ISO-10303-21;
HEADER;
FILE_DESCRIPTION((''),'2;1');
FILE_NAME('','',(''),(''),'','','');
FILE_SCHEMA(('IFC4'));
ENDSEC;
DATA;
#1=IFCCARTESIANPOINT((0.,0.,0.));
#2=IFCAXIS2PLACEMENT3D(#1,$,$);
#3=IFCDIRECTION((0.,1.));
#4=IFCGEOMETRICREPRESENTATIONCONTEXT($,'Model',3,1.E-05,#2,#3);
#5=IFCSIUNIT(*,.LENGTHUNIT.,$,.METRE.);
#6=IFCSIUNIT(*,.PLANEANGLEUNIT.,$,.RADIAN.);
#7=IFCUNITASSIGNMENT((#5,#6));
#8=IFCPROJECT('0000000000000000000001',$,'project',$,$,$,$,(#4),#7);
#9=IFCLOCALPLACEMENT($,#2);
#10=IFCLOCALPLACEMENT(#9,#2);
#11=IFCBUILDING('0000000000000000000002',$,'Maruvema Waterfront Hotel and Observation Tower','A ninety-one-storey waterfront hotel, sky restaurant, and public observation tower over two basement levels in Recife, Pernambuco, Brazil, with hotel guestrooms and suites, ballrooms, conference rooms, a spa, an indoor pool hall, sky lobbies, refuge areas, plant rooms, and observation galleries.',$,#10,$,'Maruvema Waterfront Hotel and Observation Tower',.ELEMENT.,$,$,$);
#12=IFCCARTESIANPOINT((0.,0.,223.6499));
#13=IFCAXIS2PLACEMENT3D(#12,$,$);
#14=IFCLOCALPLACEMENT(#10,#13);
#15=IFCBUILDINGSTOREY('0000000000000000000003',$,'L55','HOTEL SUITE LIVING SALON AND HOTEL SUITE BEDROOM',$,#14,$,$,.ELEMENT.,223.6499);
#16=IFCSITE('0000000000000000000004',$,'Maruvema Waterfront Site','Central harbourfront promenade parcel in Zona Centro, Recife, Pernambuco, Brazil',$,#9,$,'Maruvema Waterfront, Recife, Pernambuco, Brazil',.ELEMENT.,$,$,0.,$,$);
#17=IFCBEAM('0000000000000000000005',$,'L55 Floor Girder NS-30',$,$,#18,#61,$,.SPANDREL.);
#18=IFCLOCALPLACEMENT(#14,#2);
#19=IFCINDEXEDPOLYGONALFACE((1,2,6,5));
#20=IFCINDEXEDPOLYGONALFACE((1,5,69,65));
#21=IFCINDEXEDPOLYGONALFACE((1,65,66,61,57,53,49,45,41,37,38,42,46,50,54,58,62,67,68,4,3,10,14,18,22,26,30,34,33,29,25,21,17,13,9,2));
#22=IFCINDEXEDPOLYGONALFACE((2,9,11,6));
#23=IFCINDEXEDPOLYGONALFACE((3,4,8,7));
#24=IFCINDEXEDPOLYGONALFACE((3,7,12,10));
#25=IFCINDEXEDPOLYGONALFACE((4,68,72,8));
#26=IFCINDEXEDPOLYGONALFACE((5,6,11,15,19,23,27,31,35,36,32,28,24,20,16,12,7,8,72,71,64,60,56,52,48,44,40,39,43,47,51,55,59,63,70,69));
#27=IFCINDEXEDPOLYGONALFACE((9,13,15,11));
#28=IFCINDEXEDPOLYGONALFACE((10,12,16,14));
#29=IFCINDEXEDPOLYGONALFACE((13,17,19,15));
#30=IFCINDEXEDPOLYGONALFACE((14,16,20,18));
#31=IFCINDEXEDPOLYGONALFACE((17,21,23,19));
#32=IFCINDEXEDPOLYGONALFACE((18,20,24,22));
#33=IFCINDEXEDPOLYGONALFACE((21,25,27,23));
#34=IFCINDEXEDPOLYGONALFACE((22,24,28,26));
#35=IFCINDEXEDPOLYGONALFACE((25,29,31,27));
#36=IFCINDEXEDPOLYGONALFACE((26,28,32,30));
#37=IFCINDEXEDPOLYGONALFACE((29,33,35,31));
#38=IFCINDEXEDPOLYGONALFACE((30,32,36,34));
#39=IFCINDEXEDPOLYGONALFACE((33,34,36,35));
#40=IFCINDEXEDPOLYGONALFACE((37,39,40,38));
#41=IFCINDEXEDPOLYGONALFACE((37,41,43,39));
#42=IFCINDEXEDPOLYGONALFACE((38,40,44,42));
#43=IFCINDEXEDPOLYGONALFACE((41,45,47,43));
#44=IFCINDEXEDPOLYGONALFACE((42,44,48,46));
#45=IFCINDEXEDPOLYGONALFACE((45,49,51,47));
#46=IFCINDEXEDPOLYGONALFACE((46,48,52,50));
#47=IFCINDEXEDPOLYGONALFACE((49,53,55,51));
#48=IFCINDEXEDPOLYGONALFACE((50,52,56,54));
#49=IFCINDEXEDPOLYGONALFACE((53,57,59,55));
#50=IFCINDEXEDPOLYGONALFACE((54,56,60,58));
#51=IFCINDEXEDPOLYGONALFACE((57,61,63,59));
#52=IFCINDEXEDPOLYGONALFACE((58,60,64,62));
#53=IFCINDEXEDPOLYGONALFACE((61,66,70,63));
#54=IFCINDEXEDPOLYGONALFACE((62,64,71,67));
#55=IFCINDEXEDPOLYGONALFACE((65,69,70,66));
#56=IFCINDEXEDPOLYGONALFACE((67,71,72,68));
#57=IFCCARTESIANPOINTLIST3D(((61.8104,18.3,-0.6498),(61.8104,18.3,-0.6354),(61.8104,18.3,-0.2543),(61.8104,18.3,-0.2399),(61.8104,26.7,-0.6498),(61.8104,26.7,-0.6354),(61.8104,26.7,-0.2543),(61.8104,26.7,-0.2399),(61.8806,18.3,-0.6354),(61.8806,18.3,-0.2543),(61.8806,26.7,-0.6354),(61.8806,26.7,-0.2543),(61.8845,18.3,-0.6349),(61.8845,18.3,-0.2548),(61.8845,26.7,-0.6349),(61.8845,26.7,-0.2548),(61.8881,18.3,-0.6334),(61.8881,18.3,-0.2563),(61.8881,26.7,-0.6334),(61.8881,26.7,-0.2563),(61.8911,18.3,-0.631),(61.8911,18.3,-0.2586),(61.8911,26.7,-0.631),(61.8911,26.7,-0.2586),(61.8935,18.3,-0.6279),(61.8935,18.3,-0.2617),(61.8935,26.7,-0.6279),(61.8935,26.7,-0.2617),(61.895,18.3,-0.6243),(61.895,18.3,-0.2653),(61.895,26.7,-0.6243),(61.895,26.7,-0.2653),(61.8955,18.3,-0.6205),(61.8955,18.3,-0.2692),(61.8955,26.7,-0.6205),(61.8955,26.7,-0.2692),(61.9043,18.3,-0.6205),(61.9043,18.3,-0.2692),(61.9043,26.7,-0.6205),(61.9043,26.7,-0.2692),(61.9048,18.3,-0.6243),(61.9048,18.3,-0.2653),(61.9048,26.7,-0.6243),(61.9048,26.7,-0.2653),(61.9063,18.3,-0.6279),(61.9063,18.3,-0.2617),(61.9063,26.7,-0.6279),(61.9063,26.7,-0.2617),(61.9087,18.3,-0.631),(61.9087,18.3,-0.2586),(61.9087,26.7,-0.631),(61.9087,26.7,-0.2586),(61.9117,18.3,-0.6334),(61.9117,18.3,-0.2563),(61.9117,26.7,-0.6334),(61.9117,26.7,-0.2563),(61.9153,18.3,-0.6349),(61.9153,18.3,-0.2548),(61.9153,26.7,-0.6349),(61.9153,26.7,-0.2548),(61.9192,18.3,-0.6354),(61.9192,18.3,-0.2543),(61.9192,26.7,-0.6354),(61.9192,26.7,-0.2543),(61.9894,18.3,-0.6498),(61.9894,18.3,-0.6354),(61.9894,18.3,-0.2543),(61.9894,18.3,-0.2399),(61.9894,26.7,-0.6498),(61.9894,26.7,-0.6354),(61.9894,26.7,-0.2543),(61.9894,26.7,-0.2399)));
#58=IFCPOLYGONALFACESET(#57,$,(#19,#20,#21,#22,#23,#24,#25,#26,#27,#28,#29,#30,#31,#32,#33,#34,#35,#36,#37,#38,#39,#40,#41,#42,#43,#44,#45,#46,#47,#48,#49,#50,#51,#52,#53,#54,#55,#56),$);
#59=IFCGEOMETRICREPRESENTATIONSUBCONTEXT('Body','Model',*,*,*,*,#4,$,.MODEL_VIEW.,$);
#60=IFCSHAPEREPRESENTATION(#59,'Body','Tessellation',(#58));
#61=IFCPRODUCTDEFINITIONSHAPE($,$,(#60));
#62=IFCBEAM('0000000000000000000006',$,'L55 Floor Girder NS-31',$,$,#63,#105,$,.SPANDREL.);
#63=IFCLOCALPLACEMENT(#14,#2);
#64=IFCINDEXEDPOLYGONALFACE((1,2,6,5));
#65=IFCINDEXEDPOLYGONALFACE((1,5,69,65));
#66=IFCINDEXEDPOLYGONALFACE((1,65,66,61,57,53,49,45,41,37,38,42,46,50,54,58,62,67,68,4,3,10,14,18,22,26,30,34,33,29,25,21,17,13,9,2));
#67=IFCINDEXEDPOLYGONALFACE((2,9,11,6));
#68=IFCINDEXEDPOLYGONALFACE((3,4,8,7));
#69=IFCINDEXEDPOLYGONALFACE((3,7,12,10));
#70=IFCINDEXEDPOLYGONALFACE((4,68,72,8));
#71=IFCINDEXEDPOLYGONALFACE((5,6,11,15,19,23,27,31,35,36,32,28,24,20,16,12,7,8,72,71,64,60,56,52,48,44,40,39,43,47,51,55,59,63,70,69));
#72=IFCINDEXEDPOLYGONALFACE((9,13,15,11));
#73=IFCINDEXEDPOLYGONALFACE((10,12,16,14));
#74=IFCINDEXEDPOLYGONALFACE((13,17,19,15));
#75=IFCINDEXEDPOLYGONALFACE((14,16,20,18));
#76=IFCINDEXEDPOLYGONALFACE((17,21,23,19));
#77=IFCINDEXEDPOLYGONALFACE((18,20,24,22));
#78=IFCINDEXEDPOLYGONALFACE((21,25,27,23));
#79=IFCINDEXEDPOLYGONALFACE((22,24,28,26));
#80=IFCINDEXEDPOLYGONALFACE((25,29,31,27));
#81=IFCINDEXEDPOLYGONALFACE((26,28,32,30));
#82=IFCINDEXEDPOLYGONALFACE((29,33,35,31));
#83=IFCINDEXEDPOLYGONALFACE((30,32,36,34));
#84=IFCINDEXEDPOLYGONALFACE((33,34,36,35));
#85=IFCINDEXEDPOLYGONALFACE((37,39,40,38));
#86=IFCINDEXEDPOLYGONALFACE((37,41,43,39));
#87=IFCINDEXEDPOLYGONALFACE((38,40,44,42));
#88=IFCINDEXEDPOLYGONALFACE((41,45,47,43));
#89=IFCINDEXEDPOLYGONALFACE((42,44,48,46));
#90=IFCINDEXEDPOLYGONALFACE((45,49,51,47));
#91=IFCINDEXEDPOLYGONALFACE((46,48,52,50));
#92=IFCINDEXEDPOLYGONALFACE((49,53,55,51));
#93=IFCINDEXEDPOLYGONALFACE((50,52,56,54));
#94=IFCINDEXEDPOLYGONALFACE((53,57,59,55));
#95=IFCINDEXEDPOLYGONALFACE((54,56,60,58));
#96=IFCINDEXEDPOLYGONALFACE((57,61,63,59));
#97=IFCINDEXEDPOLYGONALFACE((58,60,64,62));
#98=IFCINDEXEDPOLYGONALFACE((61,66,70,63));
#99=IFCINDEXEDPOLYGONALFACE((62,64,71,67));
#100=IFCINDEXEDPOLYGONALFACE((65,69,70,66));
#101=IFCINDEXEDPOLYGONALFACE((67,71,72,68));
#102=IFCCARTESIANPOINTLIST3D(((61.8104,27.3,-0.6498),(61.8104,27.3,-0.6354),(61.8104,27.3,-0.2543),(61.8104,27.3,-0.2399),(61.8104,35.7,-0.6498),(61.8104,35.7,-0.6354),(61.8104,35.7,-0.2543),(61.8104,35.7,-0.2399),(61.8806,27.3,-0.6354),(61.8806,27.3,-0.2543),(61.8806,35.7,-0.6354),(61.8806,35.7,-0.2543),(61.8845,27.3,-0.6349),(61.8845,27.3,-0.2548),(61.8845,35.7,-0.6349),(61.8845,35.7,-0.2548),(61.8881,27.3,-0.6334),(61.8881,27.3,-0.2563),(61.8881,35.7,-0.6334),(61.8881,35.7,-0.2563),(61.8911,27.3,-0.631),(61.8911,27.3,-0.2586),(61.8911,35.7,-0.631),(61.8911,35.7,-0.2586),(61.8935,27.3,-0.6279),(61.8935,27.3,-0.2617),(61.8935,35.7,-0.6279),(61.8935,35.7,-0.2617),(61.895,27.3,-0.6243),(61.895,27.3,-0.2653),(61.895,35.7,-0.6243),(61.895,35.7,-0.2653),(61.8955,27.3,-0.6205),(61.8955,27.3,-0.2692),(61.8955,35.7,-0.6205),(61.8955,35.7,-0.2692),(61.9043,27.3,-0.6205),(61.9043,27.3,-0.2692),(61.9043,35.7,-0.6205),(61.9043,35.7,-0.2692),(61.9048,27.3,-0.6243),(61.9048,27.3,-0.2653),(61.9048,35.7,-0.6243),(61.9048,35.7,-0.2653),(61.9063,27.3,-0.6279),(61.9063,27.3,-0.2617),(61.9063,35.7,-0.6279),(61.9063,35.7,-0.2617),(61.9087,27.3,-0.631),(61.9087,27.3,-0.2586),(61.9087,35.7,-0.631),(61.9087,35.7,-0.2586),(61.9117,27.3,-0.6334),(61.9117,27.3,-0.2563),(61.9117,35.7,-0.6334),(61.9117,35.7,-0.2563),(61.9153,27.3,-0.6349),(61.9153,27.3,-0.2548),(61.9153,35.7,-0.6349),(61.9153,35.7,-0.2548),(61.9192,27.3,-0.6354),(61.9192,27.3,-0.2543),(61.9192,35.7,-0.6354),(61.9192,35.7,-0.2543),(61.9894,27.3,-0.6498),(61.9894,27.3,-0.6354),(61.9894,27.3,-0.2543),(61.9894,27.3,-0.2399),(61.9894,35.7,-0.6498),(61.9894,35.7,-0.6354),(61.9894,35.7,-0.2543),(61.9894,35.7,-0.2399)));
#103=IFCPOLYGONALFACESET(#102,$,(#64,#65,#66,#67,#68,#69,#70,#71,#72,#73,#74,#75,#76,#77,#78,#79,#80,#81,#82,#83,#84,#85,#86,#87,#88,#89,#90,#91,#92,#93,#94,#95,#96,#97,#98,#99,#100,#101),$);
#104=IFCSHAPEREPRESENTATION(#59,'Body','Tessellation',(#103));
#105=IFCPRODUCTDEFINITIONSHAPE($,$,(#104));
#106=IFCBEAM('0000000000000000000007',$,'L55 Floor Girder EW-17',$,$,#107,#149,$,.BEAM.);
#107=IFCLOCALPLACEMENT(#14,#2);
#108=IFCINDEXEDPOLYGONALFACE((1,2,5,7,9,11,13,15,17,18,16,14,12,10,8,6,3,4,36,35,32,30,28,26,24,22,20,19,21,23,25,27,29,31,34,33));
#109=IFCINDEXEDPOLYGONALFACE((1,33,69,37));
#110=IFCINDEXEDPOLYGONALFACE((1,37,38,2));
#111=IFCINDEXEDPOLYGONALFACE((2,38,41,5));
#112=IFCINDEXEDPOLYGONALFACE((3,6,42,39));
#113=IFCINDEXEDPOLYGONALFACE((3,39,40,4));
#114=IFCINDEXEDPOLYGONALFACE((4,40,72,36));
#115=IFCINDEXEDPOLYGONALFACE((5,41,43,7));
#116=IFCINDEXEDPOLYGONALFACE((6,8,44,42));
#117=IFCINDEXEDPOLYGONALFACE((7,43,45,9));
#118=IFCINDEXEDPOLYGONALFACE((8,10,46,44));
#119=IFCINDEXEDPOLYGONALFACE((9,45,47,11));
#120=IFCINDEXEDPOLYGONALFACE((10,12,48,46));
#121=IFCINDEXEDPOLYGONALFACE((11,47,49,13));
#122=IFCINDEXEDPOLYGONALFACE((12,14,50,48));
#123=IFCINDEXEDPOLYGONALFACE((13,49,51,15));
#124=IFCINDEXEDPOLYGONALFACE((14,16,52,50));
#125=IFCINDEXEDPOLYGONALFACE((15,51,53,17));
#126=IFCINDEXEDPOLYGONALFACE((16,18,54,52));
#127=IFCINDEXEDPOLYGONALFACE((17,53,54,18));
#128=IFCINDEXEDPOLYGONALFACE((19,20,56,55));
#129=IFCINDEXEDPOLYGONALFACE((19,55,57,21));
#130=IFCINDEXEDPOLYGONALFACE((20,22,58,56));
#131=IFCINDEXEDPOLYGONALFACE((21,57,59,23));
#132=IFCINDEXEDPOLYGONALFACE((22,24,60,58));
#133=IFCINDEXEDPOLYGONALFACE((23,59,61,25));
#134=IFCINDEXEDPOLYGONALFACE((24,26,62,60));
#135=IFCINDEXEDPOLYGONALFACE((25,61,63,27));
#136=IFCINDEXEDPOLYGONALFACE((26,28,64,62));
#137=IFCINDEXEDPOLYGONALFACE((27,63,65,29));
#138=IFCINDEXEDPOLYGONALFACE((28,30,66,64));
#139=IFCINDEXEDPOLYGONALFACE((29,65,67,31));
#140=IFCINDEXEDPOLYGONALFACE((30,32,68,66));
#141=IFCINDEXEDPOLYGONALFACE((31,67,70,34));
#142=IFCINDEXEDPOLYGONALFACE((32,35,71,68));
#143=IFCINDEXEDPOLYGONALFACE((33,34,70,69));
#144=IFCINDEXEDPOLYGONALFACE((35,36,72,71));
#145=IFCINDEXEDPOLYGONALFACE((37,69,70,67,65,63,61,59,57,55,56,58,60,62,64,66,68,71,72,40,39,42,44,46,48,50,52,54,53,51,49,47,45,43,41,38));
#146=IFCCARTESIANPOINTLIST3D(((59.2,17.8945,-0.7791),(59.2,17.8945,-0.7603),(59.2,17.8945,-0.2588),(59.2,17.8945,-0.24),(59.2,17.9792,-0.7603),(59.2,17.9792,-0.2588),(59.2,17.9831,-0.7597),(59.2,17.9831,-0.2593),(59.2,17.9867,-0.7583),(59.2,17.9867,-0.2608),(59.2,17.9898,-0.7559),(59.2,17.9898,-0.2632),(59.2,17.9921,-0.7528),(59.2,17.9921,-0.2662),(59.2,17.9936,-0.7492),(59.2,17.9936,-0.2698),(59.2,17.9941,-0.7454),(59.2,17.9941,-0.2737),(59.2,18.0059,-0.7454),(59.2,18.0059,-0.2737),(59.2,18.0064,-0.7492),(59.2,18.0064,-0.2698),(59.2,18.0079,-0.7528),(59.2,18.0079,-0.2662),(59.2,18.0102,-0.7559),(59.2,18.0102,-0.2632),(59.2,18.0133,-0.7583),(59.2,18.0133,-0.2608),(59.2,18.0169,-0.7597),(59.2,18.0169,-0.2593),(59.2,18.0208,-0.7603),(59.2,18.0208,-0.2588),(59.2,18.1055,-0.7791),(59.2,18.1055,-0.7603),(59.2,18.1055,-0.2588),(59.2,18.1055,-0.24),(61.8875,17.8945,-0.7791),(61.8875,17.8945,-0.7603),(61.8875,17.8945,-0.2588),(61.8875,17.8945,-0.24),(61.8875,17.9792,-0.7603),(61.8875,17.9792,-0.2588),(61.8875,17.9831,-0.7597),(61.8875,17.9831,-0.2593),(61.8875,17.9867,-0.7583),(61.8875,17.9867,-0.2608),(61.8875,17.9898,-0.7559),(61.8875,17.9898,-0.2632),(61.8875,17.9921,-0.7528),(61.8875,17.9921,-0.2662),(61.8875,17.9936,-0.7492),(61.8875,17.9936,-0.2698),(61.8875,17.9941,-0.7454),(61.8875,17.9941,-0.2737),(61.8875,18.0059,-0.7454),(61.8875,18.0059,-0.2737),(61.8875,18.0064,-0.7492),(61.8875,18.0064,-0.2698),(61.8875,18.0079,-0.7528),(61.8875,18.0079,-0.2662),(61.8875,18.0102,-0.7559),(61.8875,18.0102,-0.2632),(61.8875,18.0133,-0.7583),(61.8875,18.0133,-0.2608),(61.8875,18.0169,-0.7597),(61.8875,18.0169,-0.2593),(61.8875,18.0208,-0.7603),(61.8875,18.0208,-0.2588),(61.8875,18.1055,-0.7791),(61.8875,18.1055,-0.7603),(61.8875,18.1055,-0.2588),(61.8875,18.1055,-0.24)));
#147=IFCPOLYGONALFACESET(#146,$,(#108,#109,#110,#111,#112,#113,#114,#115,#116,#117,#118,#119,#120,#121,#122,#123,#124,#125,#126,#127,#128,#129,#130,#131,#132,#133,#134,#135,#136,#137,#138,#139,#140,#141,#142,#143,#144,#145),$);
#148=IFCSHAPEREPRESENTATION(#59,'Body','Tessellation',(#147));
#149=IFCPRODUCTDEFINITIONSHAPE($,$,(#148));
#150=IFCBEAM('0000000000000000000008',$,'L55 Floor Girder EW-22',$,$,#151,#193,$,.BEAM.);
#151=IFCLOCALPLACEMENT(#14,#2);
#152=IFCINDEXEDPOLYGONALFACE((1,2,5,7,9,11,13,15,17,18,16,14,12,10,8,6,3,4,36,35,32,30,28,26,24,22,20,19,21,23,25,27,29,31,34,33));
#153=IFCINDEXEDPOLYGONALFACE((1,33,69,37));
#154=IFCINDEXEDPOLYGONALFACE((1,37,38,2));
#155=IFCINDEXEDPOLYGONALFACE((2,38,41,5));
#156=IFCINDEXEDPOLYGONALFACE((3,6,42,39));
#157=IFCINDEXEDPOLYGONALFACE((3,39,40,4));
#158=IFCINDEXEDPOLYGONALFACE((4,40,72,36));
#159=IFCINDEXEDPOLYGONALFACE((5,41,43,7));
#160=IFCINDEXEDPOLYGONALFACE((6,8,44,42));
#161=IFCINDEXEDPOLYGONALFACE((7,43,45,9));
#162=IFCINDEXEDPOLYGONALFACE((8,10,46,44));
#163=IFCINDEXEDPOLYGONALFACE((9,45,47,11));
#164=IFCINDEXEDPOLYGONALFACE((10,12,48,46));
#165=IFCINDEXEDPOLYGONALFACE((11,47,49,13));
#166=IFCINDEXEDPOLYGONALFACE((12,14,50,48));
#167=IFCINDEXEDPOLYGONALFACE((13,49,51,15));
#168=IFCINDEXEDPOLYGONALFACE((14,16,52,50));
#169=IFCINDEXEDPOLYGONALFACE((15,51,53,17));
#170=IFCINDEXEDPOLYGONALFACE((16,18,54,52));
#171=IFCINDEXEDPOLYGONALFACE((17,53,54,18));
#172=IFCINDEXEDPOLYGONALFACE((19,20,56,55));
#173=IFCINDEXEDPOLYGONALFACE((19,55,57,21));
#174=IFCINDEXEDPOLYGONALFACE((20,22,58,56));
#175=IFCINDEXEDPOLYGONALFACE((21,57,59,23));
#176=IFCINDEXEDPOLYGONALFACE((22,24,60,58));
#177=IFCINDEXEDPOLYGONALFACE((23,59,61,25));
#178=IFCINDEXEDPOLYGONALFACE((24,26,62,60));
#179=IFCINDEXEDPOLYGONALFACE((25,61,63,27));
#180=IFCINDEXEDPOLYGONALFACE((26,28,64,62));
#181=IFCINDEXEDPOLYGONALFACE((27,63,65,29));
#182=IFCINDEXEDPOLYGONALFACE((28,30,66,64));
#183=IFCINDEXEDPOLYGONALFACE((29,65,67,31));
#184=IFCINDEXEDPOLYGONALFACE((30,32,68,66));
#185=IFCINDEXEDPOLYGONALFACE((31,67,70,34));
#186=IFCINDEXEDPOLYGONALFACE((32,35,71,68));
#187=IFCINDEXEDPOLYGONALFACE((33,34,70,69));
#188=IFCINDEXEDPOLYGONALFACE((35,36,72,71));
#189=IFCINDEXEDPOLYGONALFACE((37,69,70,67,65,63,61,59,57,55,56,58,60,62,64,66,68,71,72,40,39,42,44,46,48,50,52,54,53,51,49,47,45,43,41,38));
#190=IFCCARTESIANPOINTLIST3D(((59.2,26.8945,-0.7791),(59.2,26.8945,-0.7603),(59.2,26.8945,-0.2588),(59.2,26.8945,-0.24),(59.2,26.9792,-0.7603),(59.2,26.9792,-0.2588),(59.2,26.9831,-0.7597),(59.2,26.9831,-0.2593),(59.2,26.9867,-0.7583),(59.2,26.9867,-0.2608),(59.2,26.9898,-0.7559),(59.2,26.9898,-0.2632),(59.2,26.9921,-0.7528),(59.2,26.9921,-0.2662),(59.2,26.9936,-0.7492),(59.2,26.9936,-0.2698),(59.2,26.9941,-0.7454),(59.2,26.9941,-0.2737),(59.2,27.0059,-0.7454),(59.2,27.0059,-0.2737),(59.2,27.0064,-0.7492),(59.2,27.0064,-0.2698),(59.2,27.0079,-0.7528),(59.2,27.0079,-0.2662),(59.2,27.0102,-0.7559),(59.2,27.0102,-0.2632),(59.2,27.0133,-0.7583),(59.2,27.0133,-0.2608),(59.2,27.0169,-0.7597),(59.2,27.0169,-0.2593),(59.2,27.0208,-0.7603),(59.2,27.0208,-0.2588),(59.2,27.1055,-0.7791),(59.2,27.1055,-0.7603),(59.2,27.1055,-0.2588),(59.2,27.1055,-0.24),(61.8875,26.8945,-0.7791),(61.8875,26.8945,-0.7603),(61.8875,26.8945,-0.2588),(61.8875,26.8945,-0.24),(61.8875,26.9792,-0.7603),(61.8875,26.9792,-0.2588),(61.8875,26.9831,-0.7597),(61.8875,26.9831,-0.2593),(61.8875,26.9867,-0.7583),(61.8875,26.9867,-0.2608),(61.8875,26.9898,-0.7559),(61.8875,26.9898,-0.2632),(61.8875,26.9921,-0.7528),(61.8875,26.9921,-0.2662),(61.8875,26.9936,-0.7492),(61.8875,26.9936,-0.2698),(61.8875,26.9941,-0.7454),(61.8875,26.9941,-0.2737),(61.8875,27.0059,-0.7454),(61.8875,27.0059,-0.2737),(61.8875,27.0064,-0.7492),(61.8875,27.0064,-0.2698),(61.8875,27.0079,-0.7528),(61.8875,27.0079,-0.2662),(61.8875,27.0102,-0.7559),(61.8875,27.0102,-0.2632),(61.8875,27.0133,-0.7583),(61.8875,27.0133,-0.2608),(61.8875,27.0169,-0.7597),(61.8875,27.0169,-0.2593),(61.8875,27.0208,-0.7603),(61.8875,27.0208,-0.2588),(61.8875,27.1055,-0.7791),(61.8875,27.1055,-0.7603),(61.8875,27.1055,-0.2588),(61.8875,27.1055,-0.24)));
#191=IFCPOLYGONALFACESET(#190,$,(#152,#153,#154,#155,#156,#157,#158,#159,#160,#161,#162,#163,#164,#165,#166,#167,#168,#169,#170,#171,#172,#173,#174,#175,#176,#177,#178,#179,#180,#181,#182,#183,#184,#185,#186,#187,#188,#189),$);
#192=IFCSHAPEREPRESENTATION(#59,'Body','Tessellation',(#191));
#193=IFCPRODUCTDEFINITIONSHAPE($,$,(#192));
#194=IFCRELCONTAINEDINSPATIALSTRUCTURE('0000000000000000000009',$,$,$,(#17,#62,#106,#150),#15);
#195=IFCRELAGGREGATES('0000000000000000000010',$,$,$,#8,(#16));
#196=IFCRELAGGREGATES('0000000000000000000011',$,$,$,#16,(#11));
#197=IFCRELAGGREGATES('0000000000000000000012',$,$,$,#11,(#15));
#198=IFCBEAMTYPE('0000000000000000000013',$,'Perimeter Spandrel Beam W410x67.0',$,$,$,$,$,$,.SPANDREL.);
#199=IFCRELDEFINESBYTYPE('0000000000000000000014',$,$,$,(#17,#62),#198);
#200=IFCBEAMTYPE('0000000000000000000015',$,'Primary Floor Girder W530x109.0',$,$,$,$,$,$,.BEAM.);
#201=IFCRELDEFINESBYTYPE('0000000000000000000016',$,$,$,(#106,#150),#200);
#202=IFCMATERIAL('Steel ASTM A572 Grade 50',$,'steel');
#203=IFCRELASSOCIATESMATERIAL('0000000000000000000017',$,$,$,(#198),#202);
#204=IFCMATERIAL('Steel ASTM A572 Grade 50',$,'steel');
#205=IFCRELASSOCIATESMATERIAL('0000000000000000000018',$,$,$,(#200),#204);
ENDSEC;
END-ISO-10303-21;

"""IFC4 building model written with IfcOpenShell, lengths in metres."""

from ifc_helpers import new_model, si_unit, direction, frame, origin, origin_2d, place, context, subcontext, project, spatial, i_section, extrude, material, material_profile, profile_set, type_object, element, save


model = new_model("IFC4")

# Units and contexts
model_context = context("Model", 3, precision=1e-05, world=origin(), true_north=direction((0.0, 1.0)))
body_context = subcontext(model_context, "Body", "Model", "MODEL_VIEW")
ifc_project = project(units=[si_unit("LENGTHUNIT", "METRE"), si_unit("PLANEANGLEUNIT", "RADIAN")], contexts=[model_context])

# Site, building, storey
site_placement = place(None, origin())
site = spatial("IfcSite", under=ifc_project, at=site_placement, Name="Maruvema Waterfront Site", Description="Central harbourfront promenade parcel in Zona Centro, Recife, Pernambuco, Brazil", LongName="Maruvema Waterfront, Recife, Pernambuco, Brazil", CompositionType="ELEMENT", RefElevation=0.0)
building_placement = place(site_placement, origin())
building = spatial("IfcBuilding", under=site, at=building_placement, Name="Maruvema Waterfront Hotel and Observation Tower", Description="A ninety-one-storey waterfront hotel, sky restaurant, and public observation tower over two basement levels in Recife, Pernambuco, Brazil, with hotel guestrooms and suites, ballrooms, conference rooms, a spa, an indoor pool hall, sky lobbies, refuge areas, plant rooms, and observation galleries.", LongName="Maruvema Waterfront Hotel and Observation Tower", CompositionType="ELEMENT")
storey_placement = place(building_placement, frame((0.0, 0.0, 223.6499)))
storey = spatial("IfcBuildingStorey", under=building, at=storey_placement, Name="L55", Description="HOTEL SUITE LIVING SALON AND HOTEL SUITE BEDROOM", CompositionType="ELEMENT", Elevation=223.6499)

# Beams
ifc_material_1 = material(Name="Steel ASTM A572 Grade 50", Category="steel")
ifc_material_profile_1 = material_profile(ifc_material_1, i_section(OverallWidth=0.179, OverallDepth=0.4099, WebThickness=0.0088, FlangeThickness=0.0144, FilletRadius=0.0149, at=origin_2d()), Name="W410x67.0")
ifc_profile_set_1 = profile_set([ifc_material_profile_1], Name="Steel ASTM A572 Grade 50")
beam_type_1 = type_object("IfcBeamType", Name="Perimeter Spandrel Beam W410x67.0", PredefinedType="SPANDREL", material=ifc_profile_set_1)
for number, where, z_axis, x_axis, name in (
    (1, (61.8999, 18.3, -0.4448), (0.0, 1.0, 0.0), (-1.0, 0.0, 0.0), "L55 Floor Girder NS-30"),
    (2, (61.8999, 27.3, -0.4448), (0.0, 1.0, 0.0), (-1.0, 0.0, 0.0), "L55 Floor Girder NS-31"),
):
    element("IfcBeam", number, at=place(storey_placement, frame(where, z_axis=z_axis, x_axis=x_axis)), inside=storey, type_object=beam_type_1, Name=name, PredefinedType="SPANDREL", context=body_context, shape_type="SweptSolid", body=[
        extrude(i_section(OverallWidth=0.179, OverallDepth=0.4099, WebThickness=0.0088, FlangeThickness=0.0144, FilletRadius=0.0149, at=origin_2d()), origin(), (0.0, 0.0, 1.0), 8.3999),
    ])
ifc_material_2 = material(Name="Steel ASTM A572 Grade 50", Category="steel")
ifc_material_profile_2 = material_profile(ifc_material_2, i_section(OverallWidth=0.2109, OverallDepth=0.5391, WebThickness=0.0117, FlangeThickness=0.0188, FilletRadius=0.0149, at=origin_2d()), Name="W530x109.0")
ifc_profile_set_2 = profile_set([ifc_material_profile_2], Name="Steel ASTM A572 Grade 50")
beam_type_2 = type_object("IfcBeamType", Name="Primary Floor Girder W530x109.0", PredefinedType="BEAM", material=ifc_profile_set_2)
for number, where, z_axis, x_axis, name in (
    (3, (59.2, 18.0, -0.5095), (1.0, 0.0, 0.0), (0.0, 1.0, 0.0), "L55 Floor Girder EW-17"),
    (4, (59.2, 27.0, -0.5095), (1.0, 0.0, 0.0), (0.0, 1.0, 0.0), "L55 Floor Girder EW-22"),
):
    element("IfcBeam", number, at=place(storey_placement, frame(where, z_axis=z_axis, x_axis=x_axis)), inside=storey, type_object=beam_type_2, Name=name, PredefinedType="BEAM", context=body_context, shape_type="SweptSolid", body=[
        extrude(i_section(OverallWidth=0.2109, OverallDepth=0.5391, WebThickness=0.0117, FlangeThickness=0.0188, FilletRadius=0.0149, at=origin_2d()), origin(), (0.0, 0.0, 1.0), 2.6875),
    ])

save(model, "model.ifc")
